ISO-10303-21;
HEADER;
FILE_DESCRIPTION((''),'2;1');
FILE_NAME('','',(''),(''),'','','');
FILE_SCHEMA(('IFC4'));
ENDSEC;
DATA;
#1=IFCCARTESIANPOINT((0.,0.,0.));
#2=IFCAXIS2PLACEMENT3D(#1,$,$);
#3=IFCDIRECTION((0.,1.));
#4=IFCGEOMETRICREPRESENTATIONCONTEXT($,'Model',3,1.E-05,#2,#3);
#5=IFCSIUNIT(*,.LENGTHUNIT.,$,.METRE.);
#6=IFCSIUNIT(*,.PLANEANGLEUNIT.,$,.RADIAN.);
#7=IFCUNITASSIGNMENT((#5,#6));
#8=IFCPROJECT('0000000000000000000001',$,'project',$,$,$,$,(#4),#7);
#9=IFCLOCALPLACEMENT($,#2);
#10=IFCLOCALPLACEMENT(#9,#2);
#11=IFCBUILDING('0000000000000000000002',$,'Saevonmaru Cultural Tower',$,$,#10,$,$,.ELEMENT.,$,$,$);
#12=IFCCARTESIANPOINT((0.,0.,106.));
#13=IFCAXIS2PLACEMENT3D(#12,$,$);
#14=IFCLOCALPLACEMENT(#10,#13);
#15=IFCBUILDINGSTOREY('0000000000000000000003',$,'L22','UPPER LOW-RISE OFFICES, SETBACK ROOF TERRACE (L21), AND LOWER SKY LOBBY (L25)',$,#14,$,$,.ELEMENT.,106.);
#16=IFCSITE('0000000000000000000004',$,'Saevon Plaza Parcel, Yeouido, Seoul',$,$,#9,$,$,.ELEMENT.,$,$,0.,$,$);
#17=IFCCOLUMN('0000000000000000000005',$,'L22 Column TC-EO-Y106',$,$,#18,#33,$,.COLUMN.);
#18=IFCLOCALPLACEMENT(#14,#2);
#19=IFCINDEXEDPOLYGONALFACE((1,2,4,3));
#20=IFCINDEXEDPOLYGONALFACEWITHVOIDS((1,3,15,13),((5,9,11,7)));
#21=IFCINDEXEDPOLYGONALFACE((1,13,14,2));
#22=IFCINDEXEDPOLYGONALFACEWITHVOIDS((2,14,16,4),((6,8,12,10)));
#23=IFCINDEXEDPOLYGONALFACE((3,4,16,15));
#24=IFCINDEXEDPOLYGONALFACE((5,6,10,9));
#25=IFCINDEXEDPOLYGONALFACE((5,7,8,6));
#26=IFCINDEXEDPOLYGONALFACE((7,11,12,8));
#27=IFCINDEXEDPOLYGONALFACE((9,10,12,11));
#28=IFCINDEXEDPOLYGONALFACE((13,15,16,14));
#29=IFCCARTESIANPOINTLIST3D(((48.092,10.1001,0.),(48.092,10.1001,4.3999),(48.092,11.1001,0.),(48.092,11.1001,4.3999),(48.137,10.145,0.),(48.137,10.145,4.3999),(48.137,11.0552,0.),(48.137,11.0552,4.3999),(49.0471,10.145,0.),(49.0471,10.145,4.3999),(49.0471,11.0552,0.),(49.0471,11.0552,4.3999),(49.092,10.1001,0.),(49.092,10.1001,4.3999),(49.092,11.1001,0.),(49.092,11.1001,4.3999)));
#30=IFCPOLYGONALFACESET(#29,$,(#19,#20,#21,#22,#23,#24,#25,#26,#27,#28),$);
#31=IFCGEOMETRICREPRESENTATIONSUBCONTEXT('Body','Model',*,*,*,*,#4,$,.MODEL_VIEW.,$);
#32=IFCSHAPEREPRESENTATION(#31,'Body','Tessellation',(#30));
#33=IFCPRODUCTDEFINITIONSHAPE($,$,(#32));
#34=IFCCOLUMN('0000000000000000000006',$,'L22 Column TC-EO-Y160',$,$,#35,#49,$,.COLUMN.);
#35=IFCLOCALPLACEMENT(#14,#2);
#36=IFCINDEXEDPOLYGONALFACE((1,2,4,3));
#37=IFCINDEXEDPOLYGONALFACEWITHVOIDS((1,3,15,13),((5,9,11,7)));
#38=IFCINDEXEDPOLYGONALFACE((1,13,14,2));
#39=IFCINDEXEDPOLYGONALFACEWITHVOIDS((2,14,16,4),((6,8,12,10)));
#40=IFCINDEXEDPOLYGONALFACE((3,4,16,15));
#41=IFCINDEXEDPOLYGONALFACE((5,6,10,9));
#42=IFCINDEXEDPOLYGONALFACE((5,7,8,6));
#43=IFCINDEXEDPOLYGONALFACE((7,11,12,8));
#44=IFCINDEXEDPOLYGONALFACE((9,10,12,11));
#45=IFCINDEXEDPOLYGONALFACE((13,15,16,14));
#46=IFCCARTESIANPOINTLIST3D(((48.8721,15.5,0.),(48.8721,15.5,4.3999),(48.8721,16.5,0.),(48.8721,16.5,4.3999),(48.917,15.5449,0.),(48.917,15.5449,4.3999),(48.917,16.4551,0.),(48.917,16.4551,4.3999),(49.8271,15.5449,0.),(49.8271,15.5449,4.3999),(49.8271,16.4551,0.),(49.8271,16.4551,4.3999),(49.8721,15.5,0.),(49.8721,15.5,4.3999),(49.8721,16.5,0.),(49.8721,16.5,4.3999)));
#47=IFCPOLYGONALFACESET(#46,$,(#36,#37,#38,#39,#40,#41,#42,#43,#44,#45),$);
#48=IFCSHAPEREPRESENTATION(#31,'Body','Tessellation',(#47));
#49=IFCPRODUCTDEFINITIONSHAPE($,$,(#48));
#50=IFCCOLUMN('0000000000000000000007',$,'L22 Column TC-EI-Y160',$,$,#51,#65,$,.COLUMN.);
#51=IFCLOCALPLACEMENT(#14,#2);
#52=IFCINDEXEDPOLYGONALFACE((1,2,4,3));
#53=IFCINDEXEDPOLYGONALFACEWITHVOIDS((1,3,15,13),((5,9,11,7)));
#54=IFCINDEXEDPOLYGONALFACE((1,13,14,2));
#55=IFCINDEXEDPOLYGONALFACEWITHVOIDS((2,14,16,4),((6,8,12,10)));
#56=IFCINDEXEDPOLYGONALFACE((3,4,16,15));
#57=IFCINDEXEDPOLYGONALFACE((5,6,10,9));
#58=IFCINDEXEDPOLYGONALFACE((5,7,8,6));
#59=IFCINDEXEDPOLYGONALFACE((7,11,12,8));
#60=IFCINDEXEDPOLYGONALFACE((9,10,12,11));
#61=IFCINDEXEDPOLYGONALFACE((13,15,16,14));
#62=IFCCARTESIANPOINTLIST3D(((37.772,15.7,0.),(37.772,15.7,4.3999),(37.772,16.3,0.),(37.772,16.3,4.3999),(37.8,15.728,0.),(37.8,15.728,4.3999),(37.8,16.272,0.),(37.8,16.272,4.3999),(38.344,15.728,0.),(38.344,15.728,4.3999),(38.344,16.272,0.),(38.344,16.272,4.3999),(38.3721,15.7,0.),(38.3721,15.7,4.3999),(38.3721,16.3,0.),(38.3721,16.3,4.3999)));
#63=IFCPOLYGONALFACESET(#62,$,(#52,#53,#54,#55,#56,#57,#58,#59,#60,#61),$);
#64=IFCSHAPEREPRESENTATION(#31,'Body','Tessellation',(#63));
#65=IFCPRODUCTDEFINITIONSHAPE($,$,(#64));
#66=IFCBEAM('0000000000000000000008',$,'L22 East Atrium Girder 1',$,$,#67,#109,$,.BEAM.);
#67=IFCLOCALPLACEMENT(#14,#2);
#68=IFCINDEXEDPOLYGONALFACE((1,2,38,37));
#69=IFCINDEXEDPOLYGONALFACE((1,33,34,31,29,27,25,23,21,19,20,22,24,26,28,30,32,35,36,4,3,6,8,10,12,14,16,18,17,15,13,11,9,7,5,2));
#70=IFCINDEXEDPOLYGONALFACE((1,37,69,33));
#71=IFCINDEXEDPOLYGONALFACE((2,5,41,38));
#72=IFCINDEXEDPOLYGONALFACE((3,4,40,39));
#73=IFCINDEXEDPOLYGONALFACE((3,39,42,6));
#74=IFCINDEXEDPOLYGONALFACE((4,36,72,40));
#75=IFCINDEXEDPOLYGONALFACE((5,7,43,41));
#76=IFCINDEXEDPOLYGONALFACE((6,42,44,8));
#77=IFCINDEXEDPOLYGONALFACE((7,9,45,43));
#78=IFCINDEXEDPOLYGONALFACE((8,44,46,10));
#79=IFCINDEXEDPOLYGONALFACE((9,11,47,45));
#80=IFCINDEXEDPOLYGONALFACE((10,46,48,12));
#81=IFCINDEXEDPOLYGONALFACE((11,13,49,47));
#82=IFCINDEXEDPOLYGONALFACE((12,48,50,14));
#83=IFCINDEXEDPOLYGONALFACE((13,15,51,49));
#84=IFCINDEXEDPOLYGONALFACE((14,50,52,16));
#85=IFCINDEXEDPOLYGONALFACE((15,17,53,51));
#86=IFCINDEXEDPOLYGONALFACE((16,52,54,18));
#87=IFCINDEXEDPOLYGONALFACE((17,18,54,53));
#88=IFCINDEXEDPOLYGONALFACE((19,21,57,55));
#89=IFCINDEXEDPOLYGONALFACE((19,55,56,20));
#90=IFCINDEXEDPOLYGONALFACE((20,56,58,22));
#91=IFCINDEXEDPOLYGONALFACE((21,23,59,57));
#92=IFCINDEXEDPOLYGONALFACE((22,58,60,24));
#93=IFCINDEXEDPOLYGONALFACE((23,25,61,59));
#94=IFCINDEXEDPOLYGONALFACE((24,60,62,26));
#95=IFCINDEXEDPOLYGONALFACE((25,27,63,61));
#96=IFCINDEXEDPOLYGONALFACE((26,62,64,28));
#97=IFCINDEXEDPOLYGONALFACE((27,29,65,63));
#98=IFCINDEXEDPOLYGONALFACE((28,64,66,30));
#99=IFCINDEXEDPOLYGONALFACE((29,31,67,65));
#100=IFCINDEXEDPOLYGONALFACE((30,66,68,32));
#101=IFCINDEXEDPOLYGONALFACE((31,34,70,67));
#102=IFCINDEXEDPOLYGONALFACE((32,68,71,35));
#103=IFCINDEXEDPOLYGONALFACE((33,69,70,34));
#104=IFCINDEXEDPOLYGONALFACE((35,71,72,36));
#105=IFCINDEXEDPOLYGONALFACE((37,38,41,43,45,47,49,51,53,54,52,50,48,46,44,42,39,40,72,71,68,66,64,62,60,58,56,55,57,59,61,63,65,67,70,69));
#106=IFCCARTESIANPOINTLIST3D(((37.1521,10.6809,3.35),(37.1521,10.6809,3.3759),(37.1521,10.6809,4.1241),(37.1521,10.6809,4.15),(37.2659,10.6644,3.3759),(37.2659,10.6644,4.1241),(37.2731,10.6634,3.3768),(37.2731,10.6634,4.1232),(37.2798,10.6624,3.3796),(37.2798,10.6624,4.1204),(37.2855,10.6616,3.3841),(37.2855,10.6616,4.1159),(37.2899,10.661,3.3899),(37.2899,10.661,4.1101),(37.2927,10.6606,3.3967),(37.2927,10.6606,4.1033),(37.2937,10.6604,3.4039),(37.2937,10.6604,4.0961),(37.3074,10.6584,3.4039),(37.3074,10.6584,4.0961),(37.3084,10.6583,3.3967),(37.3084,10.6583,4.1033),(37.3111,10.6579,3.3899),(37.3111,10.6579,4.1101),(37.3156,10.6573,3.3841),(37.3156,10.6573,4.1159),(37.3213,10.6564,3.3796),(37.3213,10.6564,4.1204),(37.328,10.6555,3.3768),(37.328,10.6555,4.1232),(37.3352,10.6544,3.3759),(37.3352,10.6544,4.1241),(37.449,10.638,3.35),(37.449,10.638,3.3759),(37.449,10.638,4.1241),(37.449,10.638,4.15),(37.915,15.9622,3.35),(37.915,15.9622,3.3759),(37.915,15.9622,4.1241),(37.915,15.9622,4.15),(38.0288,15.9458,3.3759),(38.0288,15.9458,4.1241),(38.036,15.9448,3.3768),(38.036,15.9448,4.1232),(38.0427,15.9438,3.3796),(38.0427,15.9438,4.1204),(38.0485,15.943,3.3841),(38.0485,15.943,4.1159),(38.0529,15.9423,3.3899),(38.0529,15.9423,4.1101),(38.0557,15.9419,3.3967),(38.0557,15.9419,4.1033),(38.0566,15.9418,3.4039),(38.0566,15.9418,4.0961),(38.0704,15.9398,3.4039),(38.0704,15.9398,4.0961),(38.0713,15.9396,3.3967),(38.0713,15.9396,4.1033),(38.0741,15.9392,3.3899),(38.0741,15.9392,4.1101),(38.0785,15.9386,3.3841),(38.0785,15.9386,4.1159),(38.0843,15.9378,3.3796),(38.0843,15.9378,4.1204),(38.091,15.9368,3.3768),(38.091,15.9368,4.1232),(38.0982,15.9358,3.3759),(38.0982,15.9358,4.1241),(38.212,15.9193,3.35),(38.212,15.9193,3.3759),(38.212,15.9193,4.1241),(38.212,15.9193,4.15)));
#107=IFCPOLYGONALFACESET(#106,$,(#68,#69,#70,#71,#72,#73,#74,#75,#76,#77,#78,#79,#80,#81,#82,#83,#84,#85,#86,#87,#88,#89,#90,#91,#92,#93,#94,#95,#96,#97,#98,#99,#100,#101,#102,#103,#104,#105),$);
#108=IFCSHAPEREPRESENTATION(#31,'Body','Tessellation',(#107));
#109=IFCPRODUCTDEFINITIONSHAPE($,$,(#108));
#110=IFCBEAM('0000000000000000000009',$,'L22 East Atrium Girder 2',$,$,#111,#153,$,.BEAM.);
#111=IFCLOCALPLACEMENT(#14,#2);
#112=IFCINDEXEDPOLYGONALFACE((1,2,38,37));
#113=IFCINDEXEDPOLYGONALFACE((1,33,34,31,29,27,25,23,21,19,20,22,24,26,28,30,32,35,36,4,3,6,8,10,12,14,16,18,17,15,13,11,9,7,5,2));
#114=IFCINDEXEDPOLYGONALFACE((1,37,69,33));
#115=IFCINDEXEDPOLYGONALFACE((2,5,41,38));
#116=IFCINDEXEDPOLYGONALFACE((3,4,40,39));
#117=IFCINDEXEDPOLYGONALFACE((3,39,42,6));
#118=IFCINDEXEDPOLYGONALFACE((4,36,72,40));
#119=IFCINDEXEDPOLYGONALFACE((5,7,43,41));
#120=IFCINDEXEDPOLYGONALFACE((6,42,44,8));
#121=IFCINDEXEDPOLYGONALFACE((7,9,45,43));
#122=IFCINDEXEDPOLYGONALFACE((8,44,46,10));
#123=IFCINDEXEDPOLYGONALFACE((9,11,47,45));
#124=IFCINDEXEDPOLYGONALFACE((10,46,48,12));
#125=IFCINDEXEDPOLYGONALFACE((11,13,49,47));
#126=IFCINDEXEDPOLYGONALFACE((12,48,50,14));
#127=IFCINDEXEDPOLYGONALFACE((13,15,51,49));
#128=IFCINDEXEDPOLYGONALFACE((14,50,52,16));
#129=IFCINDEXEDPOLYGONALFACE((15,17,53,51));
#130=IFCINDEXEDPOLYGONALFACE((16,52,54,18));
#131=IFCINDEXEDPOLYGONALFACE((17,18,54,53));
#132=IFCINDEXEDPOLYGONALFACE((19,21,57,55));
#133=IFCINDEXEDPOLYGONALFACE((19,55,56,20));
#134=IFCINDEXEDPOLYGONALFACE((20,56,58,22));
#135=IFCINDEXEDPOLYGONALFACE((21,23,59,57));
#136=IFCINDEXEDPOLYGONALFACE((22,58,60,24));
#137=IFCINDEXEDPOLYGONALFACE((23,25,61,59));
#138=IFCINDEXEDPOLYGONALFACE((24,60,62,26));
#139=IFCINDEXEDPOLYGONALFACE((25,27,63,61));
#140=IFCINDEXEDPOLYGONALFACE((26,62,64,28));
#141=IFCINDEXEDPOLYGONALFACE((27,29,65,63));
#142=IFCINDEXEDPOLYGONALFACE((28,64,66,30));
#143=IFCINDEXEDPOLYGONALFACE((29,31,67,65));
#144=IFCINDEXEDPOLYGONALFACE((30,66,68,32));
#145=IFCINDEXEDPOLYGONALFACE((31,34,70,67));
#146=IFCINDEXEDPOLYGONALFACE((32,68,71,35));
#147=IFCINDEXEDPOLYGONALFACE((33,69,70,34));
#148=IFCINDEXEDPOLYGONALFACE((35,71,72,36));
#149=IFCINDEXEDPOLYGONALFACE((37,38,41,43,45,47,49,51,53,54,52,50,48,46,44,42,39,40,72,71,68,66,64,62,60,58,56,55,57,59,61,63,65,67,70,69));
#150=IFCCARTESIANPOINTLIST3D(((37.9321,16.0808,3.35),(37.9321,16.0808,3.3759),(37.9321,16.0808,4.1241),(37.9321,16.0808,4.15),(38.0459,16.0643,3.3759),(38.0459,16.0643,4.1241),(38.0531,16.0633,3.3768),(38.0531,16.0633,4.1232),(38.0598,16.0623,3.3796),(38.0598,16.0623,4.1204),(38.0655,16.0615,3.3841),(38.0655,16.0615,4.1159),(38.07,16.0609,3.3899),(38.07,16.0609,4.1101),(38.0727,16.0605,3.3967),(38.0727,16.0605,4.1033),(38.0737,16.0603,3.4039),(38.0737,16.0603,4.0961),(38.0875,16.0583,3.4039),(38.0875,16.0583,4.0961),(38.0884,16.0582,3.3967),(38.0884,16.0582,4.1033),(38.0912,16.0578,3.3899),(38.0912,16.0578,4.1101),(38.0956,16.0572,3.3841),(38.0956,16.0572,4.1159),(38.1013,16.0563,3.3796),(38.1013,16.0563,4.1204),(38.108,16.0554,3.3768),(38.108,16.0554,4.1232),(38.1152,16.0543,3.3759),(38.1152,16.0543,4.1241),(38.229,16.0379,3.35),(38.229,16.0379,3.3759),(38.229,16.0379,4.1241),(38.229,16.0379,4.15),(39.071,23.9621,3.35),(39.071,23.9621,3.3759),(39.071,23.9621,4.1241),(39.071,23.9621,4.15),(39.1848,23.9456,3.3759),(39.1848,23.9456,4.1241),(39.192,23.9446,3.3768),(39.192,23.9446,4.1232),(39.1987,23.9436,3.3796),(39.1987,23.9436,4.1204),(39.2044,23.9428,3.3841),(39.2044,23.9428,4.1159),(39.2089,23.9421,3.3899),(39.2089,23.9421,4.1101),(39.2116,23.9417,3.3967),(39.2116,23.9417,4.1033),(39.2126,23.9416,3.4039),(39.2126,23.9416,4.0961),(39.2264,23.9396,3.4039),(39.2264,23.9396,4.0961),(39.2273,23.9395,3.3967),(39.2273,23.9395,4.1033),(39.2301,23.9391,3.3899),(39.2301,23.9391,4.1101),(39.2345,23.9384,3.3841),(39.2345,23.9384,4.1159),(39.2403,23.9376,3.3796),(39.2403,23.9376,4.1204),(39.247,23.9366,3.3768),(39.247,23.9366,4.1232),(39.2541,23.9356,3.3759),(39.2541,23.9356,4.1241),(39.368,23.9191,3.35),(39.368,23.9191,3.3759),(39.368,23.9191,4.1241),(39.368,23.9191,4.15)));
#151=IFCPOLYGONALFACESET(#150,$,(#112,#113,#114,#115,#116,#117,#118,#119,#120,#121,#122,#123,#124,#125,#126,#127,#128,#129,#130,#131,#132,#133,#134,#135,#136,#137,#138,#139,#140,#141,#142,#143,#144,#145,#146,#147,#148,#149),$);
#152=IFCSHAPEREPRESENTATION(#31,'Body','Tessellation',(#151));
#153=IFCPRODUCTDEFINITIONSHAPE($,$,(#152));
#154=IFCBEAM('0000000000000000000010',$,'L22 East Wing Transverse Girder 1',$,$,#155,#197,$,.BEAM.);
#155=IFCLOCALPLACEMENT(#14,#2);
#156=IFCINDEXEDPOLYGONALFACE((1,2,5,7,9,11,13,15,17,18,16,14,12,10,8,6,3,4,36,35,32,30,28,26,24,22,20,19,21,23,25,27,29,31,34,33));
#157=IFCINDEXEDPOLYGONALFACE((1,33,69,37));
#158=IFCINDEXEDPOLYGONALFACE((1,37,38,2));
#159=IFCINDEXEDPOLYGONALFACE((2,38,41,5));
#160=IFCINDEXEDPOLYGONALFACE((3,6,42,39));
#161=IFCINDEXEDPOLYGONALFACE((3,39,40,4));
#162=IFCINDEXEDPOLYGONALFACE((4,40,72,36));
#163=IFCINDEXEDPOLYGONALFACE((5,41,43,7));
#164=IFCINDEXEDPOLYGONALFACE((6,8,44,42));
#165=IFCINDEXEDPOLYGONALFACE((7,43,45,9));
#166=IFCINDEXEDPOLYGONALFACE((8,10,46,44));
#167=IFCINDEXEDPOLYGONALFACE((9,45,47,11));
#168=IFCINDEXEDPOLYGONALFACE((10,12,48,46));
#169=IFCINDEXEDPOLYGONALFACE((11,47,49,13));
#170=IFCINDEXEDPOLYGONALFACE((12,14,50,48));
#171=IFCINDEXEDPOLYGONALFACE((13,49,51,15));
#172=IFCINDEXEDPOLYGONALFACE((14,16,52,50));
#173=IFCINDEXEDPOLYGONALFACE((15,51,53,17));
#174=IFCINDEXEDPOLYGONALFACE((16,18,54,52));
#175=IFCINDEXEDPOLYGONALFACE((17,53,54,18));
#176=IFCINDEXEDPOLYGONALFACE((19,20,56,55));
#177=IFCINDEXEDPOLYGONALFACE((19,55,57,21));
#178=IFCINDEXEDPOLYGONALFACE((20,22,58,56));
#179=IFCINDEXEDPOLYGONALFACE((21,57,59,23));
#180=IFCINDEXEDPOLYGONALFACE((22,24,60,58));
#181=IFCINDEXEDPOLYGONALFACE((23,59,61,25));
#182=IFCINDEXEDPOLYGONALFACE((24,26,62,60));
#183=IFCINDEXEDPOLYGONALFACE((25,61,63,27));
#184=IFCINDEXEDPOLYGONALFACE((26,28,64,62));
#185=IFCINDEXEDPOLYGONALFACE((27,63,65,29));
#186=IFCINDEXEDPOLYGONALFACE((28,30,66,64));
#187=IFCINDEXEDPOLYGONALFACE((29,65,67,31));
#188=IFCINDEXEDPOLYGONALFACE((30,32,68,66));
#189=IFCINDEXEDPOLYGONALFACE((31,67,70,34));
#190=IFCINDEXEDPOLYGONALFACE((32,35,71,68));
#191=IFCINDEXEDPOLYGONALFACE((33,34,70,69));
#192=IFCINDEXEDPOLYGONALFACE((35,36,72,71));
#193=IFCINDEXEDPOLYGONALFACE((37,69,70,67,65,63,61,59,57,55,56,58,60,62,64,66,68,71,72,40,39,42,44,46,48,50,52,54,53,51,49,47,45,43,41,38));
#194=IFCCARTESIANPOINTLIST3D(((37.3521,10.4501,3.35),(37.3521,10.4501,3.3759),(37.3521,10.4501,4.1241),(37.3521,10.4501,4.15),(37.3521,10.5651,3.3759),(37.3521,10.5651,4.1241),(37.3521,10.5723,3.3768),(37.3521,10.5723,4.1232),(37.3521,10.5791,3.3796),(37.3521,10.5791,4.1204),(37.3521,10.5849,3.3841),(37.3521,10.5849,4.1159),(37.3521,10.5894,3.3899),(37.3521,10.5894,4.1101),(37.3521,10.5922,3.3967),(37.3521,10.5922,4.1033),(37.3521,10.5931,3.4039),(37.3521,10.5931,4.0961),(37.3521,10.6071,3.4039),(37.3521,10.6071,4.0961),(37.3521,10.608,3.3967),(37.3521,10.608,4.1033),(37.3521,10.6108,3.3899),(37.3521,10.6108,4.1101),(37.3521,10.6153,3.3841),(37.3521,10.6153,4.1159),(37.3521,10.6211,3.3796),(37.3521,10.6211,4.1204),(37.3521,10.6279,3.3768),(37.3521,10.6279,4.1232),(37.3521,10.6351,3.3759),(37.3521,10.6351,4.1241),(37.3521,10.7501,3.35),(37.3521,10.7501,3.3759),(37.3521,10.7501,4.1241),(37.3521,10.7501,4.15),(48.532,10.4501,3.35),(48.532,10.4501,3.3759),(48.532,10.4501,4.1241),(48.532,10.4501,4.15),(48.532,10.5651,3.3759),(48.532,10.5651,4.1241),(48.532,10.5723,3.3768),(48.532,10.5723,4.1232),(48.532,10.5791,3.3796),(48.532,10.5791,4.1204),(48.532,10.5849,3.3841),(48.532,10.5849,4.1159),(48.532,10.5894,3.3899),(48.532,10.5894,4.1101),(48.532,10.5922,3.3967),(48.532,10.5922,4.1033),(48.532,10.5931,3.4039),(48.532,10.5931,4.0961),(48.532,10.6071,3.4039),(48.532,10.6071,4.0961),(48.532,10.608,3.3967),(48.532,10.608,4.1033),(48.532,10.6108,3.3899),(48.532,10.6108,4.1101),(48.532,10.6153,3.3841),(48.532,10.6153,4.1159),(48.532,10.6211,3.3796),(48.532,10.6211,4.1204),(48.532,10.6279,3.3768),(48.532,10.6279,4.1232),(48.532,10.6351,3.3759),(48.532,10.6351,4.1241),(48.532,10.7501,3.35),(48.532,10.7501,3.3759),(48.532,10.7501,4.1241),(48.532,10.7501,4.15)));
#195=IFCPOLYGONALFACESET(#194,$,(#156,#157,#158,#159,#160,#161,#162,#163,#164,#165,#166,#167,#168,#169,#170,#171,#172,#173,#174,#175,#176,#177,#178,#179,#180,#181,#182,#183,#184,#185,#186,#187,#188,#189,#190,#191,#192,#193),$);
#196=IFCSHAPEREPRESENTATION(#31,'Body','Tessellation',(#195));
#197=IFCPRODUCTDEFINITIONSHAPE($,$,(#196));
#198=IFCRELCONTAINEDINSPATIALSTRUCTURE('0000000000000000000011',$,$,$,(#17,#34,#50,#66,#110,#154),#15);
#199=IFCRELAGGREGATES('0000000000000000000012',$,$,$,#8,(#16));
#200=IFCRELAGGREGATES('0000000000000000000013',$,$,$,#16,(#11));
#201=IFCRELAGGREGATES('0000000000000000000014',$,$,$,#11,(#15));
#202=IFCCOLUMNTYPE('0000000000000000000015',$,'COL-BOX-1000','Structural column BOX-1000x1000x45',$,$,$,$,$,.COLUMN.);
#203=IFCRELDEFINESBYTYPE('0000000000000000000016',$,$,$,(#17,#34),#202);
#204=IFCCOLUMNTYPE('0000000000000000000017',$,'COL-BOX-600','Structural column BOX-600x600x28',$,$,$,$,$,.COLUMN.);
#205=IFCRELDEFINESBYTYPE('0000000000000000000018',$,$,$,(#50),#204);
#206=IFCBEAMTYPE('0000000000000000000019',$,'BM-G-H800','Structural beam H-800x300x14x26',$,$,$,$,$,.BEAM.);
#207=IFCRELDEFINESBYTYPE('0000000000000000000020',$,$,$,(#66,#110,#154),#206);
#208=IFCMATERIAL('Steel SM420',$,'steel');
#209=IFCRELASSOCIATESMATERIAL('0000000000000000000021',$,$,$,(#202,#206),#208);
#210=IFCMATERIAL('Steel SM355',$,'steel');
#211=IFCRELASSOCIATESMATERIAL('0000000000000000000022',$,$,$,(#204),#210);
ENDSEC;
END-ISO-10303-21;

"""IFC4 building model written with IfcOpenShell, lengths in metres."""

from ifc_helpers import new_model, si_unit, direction, frame, origin, origin_2d, place, context, subcontext, project, spatial, hollow_rectangle, i_section, extrude, material, material_profile, profile_set, type_object, element, save


model = new_model("IFC4")

# Units and contexts
model_context = context("Model", 3, precision=1e-05, world=origin(), true_north=direction((0.0, 1.0)))
body_context = subcontext(model_context, "Body", "Model", "MODEL_VIEW")
ifc_project = project(units=[si_unit("LENGTHUNIT", "METRE"), si_unit("PLANEANGLEUNIT", "RADIAN")], contexts=[model_context])

# Site, building, storey
site_placement = place(None, origin())
site = spatial("IfcSite", under=ifc_project, at=site_placement, Name="Saevon Plaza Parcel, Yeouido, Seoul", CompositionType="ELEMENT", RefElevation=0.0)
building_placement = place(site_placement, origin())
building = spatial("IfcBuilding", under=site, at=building_placement, Name="Saevonmaru Cultural Tower", CompositionType="ELEMENT")
storey_placement = place(building_placement, frame((0.0, 0.0, 106.0)))
storey = spatial("IfcBuildingStorey", under=building, at=storey_placement, Name="L22", Description="UPPER LOW-RISE OFFICES, SETBACK ROOF TERRACE (L21), AND LOWER SKY LOBBY (L25)", CompositionType="ELEMENT", Elevation=106.0)

# Columns
ifc_material_1 = material(Name="Steel SM420", Category="steel")
ifc_material_profile_1 = material_profile(ifc_material_1, hollow_rectangle(XDim=1.0, YDim=1.0, WallThickness=0.0449, at=origin_2d()), Name="BOX-1000x1000x45")
ifc_profile_set_1 = profile_set([ifc_material_profile_1], Name="Steel SM420")
column_type_1 = type_object("IfcColumnType", Name="COL-BOX-1000", Description="Structural column BOX-1000x1000x45", PredefinedType="COLUMN", material=ifc_profile_set_1)
for number, where, z_axis, x_axis, name in (
    (1, (48.592, 10.6001, 0.0), (0.0, 0.0, 1.0), (1.0, 0.0, 0.0), "L22 Column TC-EO-Y106"),
    (2, (49.3721, 16.0, 0.0), (0.0, 0.0, 1.0), (1.0, 0.0, 0.0), "L22 Column TC-EO-Y160"),
):
    element("IfcColumn", number, at=place(storey_placement, frame(where, z_axis=z_axis, x_axis=x_axis)), inside=storey, type_object=column_type_1, Name=name, PredefinedType="COLUMN", context=body_context, shape_type="SweptSolid", body=[
        extrude(hollow_rectangle(XDim=1.0, YDim=1.0, WallThickness=0.0449, at=origin_2d()), origin(), (0.0, 0.0, 1.0), 4.3999),
    ])
ifc_material_2 = material(Name="Steel SM355", Category="steel")
ifc_material_profile_2 = material_profile(ifc_material_2, hollow_rectangle(XDim=0.6001, YDim=0.6001, WallThickness=0.0281, at=origin_2d()), Name="BOX-600x600x28")
ifc_profile_set_2 = profile_set([ifc_material_profile_2], Name="Steel SM355")
column_type_2 = type_object("IfcColumnType", Name="COL-BOX-600", Description="Structural column BOX-600x600x28", PredefinedType="COLUMN", material=ifc_profile_set_2)
column_placement = place(storey_placement, frame((38.072, 16.0, 0.0), z_axis=(0.0, 0.0, 1.0), x_axis=(1.0, 0.0, 0.0)))
element("IfcColumn", 3, at=column_placement, inside=storey, type_object=column_type_2, Name="L22 Column TC-EI-Y160", PredefinedType="COLUMN", context=body_context, shape_type="SweptSolid", body=[
    extrude(hollow_rectangle(XDim=0.6001, YDim=0.6001, WallThickness=0.0281, at=origin_2d()), origin(), (0.0, 0.0, 1.0), 4.3999),
])

# Beams
ifc_material_profile_3 = material_profile(ifc_material_1, i_section(OverallWidth=0.3, OverallDepth=0.8, WebThickness=0.0139, FlangeThickness=0.0259, FilletRadius=0.0281, at=origin_2d()), Name="H-800x300x14x26")
ifc_profile_set_3 = profile_set([ifc_material_profile_3], Name="Steel SM420")
beam_type_1 = type_object("IfcBeamType", Name="BM-G-H800", Description="Structural beam H-800x300x14x26", PredefinedType="BEAM", material=ifc_profile_set_3)
beam_1_placement = place(storey_placement, frame((37.3005, 10.6594, 3.75), z_axis=(0.142978, 0.989726, 0.0), x_axis=(-0.989726, 0.142978, 0.0)))
element("IfcBeam", 4, at=beam_1_placement, inside=storey, type_object=beam_type_1, Name="L22 East Atrium Girder 1", PredefinedType="BEAM", context=body_context, shape_type="SweptSolid", body=[
    extrude(i_section(OverallWidth=0.3, OverallDepth=0.8, WebThickness=0.0139, FlangeThickness=0.0259, FilletRadius=0.0281, at=origin_2d()), origin(), (0.0, 0.0, 1.0), 5.3362),
])
beam_2_placement = place(storey_placement, frame((38.0806, 16.0593, 3.75), z_axis=(0.143022, 0.989719, 0.0), x_axis=(-0.989719, 0.143022, 0.0)))
element("IfcBeam", 5, at=beam_2_placement, inside=storey, type_object=beam_type_1, Name="L22 East Atrium Girder 2", PredefinedType="BEAM", context=body_context, shape_type="SweptSolid", body=[
    extrude(i_section(OverallWidth=0.3, OverallDepth=0.8, WebThickness=0.0139, FlangeThickness=0.0259, FilletRadius=0.0281, at=origin_2d()), origin(), (0.0, 0.0, 1.0), 7.9631),
])
for number, where, z_axis, x_axis, name in (
    (6, (37.3521, 10.6001, 3.75), (1.0, 0.0, 0.0), (0.0, 1.0, 0.0), "L22 East Wing Transverse Girder 1"),
):
    element("IfcBeam", number, at=place(storey_placement, frame(where, z_axis=z_axis, x_axis=x_axis)), inside=storey, type_object=beam_type_1, Name=name, PredefinedType="BEAM", context=body_context, shape_type="SweptSolid", body=[
        extrude(i_section(OverallWidth=0.3, OverallDepth=0.8, WebThickness=0.0139, FlangeThickness=0.0259, FilletRadius=0.0281, at=origin_2d()), origin(), (0.0, 0.0, 1.0), 11.1799),
    ])

save(model, "model.ifc")
